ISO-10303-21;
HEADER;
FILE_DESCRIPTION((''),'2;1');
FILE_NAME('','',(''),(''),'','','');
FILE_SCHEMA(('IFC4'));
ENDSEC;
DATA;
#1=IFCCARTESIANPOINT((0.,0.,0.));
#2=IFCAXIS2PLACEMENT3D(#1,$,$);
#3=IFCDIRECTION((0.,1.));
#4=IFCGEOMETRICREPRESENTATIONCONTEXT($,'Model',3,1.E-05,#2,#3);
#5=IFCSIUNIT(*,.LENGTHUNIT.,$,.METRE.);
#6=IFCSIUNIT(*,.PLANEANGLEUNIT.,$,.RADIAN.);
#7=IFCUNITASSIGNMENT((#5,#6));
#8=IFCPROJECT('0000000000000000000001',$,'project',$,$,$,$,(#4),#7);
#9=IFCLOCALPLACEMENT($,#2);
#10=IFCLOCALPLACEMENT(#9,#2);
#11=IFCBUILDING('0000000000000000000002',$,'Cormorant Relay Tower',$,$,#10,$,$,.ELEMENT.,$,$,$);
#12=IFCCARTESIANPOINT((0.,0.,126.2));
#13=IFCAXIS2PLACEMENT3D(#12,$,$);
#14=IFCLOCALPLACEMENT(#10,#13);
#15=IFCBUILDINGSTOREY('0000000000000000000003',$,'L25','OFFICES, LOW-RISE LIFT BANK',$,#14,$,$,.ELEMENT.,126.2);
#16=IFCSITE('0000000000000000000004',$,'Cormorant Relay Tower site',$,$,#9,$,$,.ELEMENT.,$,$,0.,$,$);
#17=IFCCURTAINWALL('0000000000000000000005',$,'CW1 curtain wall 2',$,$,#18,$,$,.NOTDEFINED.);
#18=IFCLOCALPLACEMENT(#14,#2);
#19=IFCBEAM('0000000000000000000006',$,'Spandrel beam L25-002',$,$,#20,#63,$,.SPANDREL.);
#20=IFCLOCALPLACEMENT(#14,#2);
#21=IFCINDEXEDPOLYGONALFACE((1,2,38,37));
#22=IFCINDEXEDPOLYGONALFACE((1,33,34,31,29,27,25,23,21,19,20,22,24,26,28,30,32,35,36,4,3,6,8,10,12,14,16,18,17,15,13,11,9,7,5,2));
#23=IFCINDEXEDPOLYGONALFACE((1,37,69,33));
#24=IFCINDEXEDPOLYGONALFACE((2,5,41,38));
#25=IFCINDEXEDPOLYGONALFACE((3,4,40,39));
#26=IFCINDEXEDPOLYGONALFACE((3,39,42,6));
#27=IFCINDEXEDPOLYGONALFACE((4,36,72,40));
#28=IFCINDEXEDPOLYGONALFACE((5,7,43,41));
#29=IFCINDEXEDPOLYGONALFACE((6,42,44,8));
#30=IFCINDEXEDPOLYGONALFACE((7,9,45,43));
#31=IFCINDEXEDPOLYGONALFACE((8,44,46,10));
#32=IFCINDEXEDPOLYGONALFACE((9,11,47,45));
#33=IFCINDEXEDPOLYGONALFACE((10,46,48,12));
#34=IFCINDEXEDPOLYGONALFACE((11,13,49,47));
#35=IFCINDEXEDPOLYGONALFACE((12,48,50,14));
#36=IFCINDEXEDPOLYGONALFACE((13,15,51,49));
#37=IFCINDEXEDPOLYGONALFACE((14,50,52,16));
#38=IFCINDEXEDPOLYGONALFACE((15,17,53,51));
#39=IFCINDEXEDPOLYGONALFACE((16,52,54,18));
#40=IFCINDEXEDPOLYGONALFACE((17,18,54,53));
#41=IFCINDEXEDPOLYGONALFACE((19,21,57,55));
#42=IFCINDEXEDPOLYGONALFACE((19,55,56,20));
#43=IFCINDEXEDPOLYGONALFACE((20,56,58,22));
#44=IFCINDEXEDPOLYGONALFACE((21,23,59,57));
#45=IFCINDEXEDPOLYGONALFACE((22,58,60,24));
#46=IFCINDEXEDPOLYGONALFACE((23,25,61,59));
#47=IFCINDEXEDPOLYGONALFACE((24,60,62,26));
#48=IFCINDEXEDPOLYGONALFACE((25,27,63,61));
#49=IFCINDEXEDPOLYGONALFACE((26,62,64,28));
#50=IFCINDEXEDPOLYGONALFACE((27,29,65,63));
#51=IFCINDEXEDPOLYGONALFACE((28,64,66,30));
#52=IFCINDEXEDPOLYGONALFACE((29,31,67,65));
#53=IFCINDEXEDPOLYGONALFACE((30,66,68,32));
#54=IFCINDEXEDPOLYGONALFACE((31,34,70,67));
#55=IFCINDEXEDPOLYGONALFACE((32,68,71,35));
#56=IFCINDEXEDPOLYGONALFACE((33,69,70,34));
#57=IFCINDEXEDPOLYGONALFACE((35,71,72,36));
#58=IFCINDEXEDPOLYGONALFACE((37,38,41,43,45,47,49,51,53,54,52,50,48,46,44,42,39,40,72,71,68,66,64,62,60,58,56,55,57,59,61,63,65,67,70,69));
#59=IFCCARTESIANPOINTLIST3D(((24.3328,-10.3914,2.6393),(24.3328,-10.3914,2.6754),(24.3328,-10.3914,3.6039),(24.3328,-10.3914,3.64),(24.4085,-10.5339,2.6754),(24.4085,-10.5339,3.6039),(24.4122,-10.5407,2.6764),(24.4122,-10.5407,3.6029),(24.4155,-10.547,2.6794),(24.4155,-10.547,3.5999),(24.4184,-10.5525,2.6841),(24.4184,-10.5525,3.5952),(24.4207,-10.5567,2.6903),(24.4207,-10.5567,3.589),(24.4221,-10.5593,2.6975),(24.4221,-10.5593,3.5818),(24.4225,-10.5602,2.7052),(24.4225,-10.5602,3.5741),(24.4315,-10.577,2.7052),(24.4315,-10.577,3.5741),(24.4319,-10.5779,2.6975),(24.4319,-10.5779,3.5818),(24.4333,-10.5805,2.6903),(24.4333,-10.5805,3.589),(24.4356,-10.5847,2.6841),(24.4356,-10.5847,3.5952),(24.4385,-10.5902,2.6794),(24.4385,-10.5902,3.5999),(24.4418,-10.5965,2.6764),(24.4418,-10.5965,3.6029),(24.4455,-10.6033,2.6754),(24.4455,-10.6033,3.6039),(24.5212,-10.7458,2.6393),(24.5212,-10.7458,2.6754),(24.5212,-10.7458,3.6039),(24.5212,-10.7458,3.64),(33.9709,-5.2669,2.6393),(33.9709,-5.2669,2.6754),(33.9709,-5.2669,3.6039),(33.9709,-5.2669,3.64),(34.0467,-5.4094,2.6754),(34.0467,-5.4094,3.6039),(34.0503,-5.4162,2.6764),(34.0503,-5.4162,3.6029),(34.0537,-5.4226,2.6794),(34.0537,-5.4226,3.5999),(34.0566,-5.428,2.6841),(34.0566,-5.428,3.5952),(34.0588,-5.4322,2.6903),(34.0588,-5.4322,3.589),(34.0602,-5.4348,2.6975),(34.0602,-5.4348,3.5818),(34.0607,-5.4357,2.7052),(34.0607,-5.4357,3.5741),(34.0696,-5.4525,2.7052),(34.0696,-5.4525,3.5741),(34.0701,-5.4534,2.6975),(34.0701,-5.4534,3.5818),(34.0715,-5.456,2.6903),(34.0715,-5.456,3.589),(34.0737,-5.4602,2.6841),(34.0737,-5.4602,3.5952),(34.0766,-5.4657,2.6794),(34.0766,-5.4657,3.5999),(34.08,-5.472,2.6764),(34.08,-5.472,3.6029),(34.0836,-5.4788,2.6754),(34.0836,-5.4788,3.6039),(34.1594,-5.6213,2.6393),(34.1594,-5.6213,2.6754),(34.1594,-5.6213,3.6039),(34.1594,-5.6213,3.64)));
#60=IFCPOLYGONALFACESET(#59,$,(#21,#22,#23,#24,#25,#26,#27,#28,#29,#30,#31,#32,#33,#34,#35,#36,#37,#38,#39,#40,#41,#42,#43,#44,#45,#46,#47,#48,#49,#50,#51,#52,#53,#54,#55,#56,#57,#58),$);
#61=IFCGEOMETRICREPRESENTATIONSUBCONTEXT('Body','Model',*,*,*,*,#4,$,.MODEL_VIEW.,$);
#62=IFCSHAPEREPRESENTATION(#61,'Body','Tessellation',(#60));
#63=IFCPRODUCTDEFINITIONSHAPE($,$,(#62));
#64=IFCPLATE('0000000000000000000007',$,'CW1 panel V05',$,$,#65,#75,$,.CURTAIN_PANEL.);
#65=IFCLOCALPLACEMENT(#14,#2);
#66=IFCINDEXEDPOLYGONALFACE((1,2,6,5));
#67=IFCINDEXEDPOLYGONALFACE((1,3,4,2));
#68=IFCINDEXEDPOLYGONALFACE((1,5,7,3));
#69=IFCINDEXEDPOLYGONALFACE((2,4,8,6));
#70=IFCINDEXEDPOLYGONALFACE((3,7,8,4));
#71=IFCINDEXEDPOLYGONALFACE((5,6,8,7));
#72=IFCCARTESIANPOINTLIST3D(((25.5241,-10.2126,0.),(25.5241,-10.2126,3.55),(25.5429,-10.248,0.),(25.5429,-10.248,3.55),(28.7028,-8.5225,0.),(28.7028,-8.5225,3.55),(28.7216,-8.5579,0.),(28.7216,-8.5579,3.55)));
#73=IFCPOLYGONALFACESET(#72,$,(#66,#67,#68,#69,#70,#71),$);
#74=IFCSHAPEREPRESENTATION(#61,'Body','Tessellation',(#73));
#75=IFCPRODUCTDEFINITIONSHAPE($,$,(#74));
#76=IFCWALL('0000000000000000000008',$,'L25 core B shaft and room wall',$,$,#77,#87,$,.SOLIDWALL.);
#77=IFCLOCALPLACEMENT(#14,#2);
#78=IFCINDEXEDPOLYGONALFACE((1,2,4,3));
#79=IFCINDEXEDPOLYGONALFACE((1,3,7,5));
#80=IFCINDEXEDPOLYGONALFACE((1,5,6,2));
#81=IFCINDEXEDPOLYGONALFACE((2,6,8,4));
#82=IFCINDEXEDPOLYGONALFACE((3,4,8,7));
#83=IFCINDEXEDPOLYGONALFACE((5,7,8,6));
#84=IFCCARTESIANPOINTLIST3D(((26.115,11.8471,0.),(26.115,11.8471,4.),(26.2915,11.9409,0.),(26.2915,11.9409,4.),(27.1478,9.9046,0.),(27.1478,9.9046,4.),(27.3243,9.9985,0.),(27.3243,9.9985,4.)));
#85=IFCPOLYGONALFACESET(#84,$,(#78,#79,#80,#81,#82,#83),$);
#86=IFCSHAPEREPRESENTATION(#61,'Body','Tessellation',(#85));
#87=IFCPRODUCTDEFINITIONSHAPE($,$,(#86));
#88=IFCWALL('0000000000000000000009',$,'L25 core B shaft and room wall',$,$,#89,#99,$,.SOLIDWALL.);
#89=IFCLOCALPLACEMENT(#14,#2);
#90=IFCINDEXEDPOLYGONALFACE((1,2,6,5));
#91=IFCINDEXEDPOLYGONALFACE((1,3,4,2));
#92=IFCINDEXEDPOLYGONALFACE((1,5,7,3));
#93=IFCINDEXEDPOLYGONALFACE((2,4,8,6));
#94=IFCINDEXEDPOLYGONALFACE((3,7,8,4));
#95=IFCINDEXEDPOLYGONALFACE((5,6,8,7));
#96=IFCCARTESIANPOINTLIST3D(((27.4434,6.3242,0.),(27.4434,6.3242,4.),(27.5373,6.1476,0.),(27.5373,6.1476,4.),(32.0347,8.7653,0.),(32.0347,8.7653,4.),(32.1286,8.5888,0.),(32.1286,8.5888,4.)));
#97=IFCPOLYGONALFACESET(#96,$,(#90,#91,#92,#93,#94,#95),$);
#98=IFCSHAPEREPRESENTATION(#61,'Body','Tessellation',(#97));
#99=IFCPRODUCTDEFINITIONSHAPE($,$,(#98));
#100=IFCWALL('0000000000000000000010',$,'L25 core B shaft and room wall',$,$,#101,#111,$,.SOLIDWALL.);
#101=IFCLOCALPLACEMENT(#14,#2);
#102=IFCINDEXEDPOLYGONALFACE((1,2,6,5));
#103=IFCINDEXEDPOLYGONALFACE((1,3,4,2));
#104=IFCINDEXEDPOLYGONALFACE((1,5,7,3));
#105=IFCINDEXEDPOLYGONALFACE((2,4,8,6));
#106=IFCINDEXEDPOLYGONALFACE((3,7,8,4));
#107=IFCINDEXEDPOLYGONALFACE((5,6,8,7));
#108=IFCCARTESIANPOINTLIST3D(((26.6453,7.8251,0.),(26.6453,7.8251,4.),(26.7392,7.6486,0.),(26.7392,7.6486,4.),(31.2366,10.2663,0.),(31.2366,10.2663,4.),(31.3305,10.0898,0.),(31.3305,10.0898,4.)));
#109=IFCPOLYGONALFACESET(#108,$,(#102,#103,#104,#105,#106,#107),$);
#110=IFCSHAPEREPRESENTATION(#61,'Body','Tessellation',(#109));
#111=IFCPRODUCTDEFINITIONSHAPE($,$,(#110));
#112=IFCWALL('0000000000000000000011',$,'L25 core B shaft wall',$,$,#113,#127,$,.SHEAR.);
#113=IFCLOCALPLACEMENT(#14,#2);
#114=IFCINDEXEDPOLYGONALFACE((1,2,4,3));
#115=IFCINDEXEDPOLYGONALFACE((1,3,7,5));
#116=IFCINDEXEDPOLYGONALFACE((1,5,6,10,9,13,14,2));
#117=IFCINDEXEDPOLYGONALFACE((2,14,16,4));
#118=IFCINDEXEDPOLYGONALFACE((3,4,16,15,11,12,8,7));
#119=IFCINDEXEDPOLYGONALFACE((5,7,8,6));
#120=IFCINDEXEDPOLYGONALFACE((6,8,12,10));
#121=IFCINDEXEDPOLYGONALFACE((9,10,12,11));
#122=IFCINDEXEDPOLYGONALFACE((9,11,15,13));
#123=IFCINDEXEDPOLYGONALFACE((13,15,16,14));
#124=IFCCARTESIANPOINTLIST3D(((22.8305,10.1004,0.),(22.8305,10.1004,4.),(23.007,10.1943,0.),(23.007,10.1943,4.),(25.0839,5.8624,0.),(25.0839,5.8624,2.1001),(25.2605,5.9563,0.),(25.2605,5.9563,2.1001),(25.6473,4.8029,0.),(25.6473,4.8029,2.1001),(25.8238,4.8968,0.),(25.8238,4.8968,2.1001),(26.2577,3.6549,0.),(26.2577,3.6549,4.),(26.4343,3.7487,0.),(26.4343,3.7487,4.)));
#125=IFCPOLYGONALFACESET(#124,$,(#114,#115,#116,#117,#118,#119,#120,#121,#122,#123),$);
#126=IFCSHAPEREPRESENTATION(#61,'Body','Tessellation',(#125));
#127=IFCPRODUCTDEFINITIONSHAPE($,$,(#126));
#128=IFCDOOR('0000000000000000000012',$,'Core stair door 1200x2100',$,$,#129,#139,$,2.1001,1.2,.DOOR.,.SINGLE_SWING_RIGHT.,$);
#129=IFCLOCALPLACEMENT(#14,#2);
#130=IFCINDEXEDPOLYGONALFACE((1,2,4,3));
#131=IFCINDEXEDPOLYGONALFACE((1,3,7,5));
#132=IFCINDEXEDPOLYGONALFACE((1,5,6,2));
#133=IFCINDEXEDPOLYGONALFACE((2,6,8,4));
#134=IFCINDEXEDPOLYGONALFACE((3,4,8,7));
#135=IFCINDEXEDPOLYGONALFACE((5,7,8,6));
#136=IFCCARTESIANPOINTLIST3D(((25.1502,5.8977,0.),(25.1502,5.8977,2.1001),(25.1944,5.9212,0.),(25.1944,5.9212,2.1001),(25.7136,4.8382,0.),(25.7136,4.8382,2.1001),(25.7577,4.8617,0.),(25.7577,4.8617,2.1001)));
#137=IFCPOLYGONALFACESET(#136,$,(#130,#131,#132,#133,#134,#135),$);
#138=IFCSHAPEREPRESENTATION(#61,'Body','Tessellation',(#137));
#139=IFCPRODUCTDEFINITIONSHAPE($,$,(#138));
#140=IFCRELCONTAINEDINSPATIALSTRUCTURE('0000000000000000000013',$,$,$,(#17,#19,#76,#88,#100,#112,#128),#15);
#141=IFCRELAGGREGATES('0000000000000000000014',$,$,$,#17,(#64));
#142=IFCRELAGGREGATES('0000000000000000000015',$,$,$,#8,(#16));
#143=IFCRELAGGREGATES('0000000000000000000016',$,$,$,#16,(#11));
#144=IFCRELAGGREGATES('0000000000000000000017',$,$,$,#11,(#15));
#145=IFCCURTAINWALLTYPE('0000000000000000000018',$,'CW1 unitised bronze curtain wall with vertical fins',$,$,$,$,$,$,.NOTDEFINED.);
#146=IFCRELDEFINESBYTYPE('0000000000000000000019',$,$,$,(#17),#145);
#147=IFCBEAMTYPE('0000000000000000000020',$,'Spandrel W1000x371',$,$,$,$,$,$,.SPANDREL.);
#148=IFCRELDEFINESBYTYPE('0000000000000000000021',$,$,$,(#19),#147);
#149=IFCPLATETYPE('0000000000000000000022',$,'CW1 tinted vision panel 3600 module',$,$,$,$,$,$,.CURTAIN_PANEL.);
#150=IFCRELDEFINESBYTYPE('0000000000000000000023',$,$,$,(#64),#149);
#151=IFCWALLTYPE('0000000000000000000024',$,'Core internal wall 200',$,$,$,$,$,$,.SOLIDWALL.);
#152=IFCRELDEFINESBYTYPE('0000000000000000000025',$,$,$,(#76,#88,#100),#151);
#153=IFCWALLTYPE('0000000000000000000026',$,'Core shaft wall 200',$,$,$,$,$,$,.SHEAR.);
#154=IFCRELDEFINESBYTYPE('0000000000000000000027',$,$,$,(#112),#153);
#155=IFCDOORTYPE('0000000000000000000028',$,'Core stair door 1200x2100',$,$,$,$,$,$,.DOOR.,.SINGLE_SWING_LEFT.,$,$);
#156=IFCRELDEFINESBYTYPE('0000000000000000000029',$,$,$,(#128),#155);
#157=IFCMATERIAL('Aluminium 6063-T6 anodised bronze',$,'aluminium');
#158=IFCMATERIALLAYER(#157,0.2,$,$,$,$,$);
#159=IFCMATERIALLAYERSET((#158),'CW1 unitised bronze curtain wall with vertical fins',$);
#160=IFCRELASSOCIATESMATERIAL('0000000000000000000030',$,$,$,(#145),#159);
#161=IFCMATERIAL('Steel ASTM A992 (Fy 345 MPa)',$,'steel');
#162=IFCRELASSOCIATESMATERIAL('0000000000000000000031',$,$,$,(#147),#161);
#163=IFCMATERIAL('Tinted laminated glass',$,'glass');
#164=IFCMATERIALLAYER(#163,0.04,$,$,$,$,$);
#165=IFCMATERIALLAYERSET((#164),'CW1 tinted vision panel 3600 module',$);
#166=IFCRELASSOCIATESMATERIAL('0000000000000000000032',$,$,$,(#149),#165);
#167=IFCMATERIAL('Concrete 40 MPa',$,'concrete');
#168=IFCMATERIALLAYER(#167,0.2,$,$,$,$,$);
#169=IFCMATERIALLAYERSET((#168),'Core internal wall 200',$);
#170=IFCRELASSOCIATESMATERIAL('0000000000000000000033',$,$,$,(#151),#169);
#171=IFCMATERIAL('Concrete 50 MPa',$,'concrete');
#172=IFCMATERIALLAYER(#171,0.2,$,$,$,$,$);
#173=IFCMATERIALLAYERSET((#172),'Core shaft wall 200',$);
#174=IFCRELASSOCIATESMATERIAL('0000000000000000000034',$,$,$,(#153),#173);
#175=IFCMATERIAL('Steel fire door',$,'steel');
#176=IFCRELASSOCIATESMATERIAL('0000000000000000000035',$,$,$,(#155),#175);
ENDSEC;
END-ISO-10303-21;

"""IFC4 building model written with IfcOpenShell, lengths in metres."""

from ifc_helpers import new_model, si_unit, direction, frame, frame_2d, origin, origin_2d, place, context, subcontext, project, spatial, rectangle, i_section, extrude, material, layer, layer_set, material_profile, profile_set, type_object, element, fill, aggregate, save


model = new_model("IFC4")

# Units and contexts
model_context = context("Model", 3, precision=1e-05, world=origin(), true_north=direction((0.0, 1.0)))
body_context = subcontext(model_context, "Body", "Model", "MODEL_VIEW")
ifc_project = project(units=[si_unit("LENGTHUNIT", "METRE"), si_unit("PLANEANGLEUNIT", "RADIAN")], contexts=[model_context])

# Site, building, storey
site_placement = place(None, origin())
site = spatial("IfcSite", under=ifc_project, at=site_placement, Name="Cormorant Relay Tower site", CompositionType="ELEMENT", RefElevation=0.0)
building_placement = place(site_placement, origin())
building = spatial("IfcBuilding", under=site, at=building_placement, Name="Cormorant Relay Tower", CompositionType="ELEMENT")
storey_placement = place(building_placement, frame((0.0, 0.0, 126.2)))
storey = spatial("IfcBuildingStorey", under=building, at=storey_placement, Name="L25", Description="OFFICES, LOW-RISE LIFT BANK", CompositionType="ELEMENT", Elevation=126.2)

# Curtain wall
ifc_material_1 = material(Name="Aluminium 6063-T6 anodised bronze", Category="aluminium")
ifc_layer_1 = layer(ifc_material_1, 0.2)
ifc_layer_set_1 = layer_set([ifc_layer_1], Name="CW1 unitised bronze curtain wall with vertical fins")
curtain_wall_type = type_object("IfcCurtainWallType", Name="CW1 unitised bronze curtain wall with vertical fins", PredefinedType="NOTDEFINED", material=ifc_layer_set_1)
curtain_wall_1_placement = place(storey_placement, origin())
curtain_wall_1 = element("IfcCurtainWall", 1, at=curtain_wall_1_placement, inside=storey, type_object=curtain_wall_type, Name="CW1 curtain wall 2", PredefinedType="NOTDEFINED")

# Beam
ifc_material_2 = material(Name="Steel ASTM A992 (Fy 345 MPa)", Category="steel")
ifc_material_profile_1 = material_profile(ifc_material_2, i_section(OverallWidth=0.4014, OverallDepth=1.0007, WebThickness=0.019, FlangeThickness=0.0361, FilletRadius=0.0298, at=origin_2d()), Name="W1000x371")
ifc_profile_set_1 = profile_set([ifc_material_profile_1], Name="Steel ASTM A992 (Fy 345 MPa)")
beam_type = type_object("IfcBeamType", Name="Spandrel W1000x371", PredefinedType="SPANDREL", material=ifc_profile_set_1)
beam_placement = place(storey_placement, frame((24.427, -10.5686, 3.1396), z_axis=(0.882955, 0.469457, 0.0), x_axis=(-0.469457, 0.882955, 0.0)))
element("IfcBeam", 2, at=beam_placement, inside=storey, type_object=beam_type, Name="Spandrel beam L25-002", PredefinedType="SPANDREL", context=body_context, shape_type="SweptSolid", body=[
    extrude(i_section(OverallWidth=0.4014, OverallDepth=1.0007, WebThickness=0.019, FlangeThickness=0.0361, FilletRadius=0.0298, at=origin_2d()), origin(), (0.0, 0.0, 1.0), 10.9158),
])

# Plate
ifc_material_3 = material(Name="Tinted laminated glass", Category="glass")
ifc_layer_2 = layer(ifc_material_3, 0.04)
ifc_layer_set_2 = layer_set([ifc_layer_2], Name="CW1 tinted vision panel 3600 module")
plate_type = type_object("IfcPlateType", Name="CW1 tinted vision panel 3600 module", PredefinedType="CURTAIN_PANEL", material=ifc_layer_set_2)
plate_placement = place(storey_placement, frame((27.1228, -9.3853, 0.0), z_axis=(0.0, 0.0, 1.0), x_axis=(0.882948, 0.469472, 0.0)))
plate = element("IfcPlate", 3, at=plate_placement, type_object=plate_type, Name="CW1 panel V05", PredefinedType="CURTAIN_PANEL", context=body_context, shape_type="SweptSolid", body=[
    extrude(rectangle(XDim=3.6001, YDim=0.04, at=origin_2d()), origin(), (0.0, 0.0, 1.0), 3.55),
])

# Walls
ifc_material_4 = material(Name="Concrete 40 MPa", Category="concrete")
ifc_layer_3 = layer(ifc_material_4, 0.2)
ifc_layer_set_3 = layer_set([ifc_layer_3], Name="Core internal wall 200")
wall_type_1 = type_object("IfcWallType", Name="Core internal wall 200", PredefinedType="SOLIDWALL", material=ifc_layer_set_3)
wall_1_placement = place(storey_placement, frame((27.2361, 9.9514, 0.0), z_axis=(0.0, 0.0, 1.0), x_axis=(-0.469447, 0.88296, 0.0)))
element("IfcWall", 4, at=wall_1_placement, inside=storey, type_object=wall_type_1, Name="L25 core B shaft and room wall", PredefinedType="SOLIDWALL", context=body_context, shape_type="SweptSolid", body=[
    extrude(rectangle(XDim=2.2, YDim=0.2, at=frame_2d((1.1001, 0.0))), origin(), (0.0, 0.0, 1.0), 4.0),
])
for number, where, z_axis, x_axis, name in (
    (5, (27.4902, 6.2358, 0.0), (0.0, 0.0, 1.0), (0.882954, 0.46946, 0.0), "L25 core B shaft and room wall"),
    (6, (26.6921, 7.7368, 0.0), (0.0, 0.0, 1.0), (0.882954, 0.46946, 0.0), "L25 core B shaft and room wall"),
):
    element("IfcWall", number, at=place(storey_placement, frame(where, z_axis=z_axis, x_axis=x_axis)), inside=storey, type_object=wall_type_1, Name=name, PredefinedType="SOLIDWALL", context=body_context, shape_type="SweptSolid", body=[
        extrude(rectangle(XDim=5.2, YDim=0.2, at=frame_2d((2.6001, 0.0))), origin(), (0.0, 0.0, 1.0), 4.0),
    ])

# Wall, opening, door
ifc_material_5 = material(Name="Concrete 50 MPa", Category="concrete")
ifc_layer_4 = layer(ifc_material_5, 0.2)
ifc_layer_set_4 = layer_set([ifc_layer_4], Name="Core shaft wall 200")
wall_type_2 = type_object("IfcWallType", Name="Core shaft wall 200", PredefinedType="SHEAR", material=ifc_layer_set_4)
wall_2_placement = place(storey_placement, frame((26.3459, 3.7019, 0.0), z_axis=(0.0, 0.0, 1.0), x_axis=(-0.46948, 0.882943, 0.0)))
wall_2 = element("IfcWall", 7, at=wall_2_placement, inside=storey, type_object=wall_type_2, Name="L25 core B shaft wall", PredefinedType="SHEAR", context=body_context, shape_type="SweptSolid", body=[
    extrude(rectangle(XDim=7.3, YDim=0.2, at=frame_2d((3.6499, 0.0))), origin(), (0.0, 0.0, 1.0), 4.0),
])
opening_1_placement = place(wall_2_placement, frame((1.3, 0.0, 0.0)))
opening_1 = element("IfcOpeningElement", 8, at=opening_1_placement, cuts=wall_2, PredefinedType="OPENING", context=body_context, shape_type="SweptSolid", body=[
    extrude(rectangle(XDim=1.2, YDim=2.1001, at=frame_2d((0.6001, 1.05))), frame((0.0, 0.1099, 0.0), z_axis=(0.0, -1.0, 0.0), x_axis=(1.0, 0.0, 0.0)), (0.0, 0.0, 1.0), 0.22),
])
ifc_material_6 = material(Name="Steel fire door", Category="steel")
door_type_1 = type_object("IfcDoorType", Name="Core stair door 1200x2100", OperationType="SINGLE_SWING_LEFT", PredefinedType="DOOR", material=ifc_material_6)
door_1_placement = place(opening_1_placement, origin())
door_1 = element("IfcDoor", 9, at=door_1_placement, inside=storey, type_object=door_type_1, Name="Core stair door 1200x2100", OperationType="SINGLE_SWING_RIGHT", OverallHeight=2.1001, OverallWidth=1.2, PredefinedType="DOOR", context=body_context, shape_type="SweptSolid", body=[
    extrude(rectangle(XDim=1.2, YDim=2.1001, at=frame_2d((0.6001, 1.05))), frame((0.0, 0.0249, 0.0), z_axis=(0.0, -1.0, 0.0), x_axis=(1.0, 0.0, 0.0)), (0.0, 0.0, 1.0), 0.05),
])
fill(opening_1, door_1)

aggregate(curtain_wall_1, [plate])

save(model, "model.ifc")
